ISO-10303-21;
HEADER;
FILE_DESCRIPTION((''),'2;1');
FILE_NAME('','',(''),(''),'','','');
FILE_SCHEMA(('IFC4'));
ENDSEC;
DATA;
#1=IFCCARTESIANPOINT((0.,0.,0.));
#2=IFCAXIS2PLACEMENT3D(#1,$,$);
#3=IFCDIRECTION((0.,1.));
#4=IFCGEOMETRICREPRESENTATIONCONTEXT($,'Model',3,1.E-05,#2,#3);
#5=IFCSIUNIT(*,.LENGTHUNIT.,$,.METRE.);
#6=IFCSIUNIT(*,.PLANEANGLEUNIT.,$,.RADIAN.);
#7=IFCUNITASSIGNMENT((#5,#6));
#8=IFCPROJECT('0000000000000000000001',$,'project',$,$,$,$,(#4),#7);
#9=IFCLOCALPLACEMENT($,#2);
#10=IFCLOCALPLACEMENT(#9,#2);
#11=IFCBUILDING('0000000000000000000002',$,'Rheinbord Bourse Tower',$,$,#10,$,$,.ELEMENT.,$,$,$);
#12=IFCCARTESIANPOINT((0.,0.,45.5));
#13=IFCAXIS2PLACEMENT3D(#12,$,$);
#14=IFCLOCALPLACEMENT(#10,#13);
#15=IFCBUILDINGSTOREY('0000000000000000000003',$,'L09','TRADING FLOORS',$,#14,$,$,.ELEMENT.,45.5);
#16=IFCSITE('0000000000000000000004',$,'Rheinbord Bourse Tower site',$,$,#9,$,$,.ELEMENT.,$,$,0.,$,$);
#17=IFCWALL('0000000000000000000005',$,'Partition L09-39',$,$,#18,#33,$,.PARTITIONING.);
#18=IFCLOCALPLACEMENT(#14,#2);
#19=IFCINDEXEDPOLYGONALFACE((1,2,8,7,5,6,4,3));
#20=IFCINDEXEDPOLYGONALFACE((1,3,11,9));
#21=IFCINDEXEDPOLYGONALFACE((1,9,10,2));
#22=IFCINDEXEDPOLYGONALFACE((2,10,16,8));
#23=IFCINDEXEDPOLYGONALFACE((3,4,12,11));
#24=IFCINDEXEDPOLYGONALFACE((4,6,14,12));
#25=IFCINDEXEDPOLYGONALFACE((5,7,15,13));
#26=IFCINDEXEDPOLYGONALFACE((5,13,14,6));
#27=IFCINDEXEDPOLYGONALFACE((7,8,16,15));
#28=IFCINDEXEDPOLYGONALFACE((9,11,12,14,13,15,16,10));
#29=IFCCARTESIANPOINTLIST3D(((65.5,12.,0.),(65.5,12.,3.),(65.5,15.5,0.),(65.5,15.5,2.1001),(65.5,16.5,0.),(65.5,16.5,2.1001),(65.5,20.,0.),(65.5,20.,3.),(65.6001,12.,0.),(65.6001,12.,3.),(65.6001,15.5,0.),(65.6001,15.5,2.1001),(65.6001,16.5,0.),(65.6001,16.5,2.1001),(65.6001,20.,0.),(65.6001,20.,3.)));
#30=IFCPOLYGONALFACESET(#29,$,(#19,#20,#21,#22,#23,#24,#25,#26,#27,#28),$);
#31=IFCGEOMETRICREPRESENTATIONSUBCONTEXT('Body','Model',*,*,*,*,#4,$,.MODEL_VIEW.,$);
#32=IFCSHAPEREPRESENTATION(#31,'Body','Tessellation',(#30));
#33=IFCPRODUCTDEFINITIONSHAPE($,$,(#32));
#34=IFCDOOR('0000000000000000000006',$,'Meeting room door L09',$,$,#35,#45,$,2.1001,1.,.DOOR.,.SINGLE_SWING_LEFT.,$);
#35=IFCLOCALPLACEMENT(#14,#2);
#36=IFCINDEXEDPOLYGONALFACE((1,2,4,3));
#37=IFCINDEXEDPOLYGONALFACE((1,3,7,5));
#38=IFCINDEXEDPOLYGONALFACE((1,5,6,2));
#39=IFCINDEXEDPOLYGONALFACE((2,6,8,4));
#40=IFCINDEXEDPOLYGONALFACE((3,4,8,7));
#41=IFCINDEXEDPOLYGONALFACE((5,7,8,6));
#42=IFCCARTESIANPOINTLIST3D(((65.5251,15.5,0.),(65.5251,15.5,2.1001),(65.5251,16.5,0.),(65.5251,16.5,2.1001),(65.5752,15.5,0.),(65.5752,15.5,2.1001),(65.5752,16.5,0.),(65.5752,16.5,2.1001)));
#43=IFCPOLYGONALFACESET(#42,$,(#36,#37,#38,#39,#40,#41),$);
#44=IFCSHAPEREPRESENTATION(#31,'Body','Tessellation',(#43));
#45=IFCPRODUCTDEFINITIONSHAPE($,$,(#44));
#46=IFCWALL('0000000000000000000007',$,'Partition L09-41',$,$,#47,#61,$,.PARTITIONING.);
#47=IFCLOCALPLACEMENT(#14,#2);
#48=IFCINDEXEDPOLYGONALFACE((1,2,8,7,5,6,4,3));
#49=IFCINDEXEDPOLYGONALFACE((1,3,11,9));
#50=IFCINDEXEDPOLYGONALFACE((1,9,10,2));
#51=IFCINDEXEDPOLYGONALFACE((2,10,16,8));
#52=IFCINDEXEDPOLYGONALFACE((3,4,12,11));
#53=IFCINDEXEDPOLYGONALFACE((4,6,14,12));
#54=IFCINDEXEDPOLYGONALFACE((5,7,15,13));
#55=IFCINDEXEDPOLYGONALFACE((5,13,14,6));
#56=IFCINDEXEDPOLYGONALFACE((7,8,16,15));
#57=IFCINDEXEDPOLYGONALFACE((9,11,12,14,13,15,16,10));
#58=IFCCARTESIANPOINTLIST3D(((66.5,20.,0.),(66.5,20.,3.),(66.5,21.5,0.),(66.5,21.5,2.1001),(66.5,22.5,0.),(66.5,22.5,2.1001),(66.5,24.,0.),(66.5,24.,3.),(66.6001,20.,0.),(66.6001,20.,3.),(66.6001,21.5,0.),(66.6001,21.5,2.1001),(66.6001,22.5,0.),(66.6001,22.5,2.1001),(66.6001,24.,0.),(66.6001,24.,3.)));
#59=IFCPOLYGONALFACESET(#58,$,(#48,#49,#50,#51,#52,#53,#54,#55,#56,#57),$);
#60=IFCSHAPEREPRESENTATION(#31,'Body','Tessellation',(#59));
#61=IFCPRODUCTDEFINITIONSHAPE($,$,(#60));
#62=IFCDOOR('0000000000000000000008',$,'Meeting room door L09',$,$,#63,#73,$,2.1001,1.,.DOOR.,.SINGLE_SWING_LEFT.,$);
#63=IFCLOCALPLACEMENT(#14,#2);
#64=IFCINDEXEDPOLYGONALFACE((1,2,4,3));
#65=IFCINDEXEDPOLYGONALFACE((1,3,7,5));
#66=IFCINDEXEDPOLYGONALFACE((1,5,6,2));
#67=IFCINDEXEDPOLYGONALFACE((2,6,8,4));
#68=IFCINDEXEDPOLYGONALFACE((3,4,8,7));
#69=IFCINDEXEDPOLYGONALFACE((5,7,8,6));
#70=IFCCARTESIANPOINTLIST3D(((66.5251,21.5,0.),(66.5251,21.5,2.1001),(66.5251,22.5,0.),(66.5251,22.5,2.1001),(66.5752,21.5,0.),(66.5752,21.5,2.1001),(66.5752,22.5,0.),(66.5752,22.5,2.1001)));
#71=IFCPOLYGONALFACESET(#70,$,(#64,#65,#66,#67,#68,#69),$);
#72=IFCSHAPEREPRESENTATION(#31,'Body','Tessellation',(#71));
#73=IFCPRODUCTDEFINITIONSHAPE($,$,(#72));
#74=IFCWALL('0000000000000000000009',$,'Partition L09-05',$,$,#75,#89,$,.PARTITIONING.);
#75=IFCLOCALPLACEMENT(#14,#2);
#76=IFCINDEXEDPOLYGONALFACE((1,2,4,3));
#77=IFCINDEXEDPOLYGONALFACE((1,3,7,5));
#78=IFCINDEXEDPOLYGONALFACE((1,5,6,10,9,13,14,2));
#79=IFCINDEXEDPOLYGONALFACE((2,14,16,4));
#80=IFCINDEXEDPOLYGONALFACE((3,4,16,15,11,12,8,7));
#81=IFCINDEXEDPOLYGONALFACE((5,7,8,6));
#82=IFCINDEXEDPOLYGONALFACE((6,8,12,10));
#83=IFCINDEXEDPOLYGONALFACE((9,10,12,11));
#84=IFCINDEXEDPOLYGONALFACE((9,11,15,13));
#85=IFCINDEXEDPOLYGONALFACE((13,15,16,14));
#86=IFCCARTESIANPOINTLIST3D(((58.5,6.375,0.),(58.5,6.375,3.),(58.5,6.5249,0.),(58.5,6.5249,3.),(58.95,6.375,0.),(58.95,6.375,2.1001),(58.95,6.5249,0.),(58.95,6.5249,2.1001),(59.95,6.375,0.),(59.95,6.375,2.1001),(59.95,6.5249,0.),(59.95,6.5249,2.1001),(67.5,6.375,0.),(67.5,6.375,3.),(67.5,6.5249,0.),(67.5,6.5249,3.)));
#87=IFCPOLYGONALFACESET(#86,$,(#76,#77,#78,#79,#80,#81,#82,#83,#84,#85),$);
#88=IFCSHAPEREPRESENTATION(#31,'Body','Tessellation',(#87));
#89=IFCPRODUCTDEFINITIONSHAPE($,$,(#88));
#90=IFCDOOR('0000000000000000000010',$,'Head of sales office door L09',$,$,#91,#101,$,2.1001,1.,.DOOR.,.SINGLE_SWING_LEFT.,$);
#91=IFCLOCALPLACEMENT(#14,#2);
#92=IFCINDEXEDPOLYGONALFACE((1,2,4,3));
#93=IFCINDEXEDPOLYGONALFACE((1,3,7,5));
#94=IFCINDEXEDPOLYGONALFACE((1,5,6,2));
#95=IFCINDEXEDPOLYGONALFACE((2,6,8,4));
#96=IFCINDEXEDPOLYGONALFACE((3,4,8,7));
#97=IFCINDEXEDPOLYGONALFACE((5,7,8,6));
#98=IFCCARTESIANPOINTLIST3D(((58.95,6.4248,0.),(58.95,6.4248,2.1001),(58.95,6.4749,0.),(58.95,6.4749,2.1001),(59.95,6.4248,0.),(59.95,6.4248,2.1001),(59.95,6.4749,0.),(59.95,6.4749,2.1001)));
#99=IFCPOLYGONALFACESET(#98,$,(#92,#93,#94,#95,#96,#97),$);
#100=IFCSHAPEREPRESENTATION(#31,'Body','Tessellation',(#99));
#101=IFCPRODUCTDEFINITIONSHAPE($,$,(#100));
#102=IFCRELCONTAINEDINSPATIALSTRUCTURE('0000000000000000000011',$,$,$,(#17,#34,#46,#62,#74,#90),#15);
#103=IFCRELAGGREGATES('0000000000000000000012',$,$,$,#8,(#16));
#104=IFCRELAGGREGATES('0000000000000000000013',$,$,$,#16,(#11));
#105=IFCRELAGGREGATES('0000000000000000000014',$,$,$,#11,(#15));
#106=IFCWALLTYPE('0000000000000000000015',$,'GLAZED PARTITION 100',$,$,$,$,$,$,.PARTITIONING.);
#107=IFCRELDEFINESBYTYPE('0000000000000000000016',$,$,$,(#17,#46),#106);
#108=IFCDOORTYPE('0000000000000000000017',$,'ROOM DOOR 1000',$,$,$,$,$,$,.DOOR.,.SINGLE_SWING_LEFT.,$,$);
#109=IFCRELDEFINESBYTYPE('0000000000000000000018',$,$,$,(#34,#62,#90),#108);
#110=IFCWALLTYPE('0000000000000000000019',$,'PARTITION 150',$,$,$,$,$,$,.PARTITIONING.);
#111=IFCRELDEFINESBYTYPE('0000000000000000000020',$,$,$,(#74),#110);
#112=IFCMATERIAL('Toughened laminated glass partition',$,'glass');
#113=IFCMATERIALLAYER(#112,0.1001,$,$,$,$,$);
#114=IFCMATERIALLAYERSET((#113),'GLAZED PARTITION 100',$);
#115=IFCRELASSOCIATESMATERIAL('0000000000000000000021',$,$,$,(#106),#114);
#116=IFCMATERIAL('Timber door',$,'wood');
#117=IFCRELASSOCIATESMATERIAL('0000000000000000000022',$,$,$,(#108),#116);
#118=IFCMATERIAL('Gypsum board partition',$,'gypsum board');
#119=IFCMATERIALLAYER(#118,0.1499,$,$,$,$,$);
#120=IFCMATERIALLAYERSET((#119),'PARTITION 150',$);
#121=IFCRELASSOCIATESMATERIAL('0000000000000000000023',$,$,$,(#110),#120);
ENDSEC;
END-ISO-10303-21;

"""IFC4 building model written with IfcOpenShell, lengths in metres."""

from ifc_helpers import new_model, si_unit, direction, frame, frame_2d, origin, place, context, subcontext, project, spatial, rectangle, extrude, material, layer, layer_set, type_object, element, fill, save


model = new_model("IFC4")

# Units and contexts
model_context = context("Model", 3, precision=1e-05, world=origin(), true_north=direction((0.0, 1.0)))
body_context = subcontext(model_context, "Body", "Model", "MODEL_VIEW")
ifc_project = project(units=[si_unit("LENGTHUNIT", "METRE"), si_unit("PLANEANGLEUNIT", "RADIAN")], contexts=[model_context])

# Site, building, storey
site_placement = place(None, origin())
site = spatial("IfcSite", under=ifc_project, at=site_placement, Name="Rheinbord Bourse Tower site", CompositionType="ELEMENT", RefElevation=0.0)
building_placement = place(site_placement, origin())
building = spatial("IfcBuilding", under=site, at=building_placement, Name="Rheinbord Bourse Tower", CompositionType="ELEMENT")
storey_placement = place(building_placement, frame((0.0, 0.0, 45.5)))
storey = spatial("IfcBuildingStorey", under=building, at=storey_placement, Name="L09", Description="TRADING FLOORS", CompositionType="ELEMENT", Elevation=45.5)

# Shared definitions
ifc_material_1 = material(Name="Toughened laminated glass partition", Category="glass")
ifc_layer_1 = layer(ifc_material_1, 0.1001)
ifc_layer_set_1 = layer_set([ifc_layer_1], Name="GLAZED PARTITION 100")
wall_type_1 = type_object("IfcWallType", Name="GLAZED PARTITION 100", PredefinedType="PARTITIONING", material=ifc_layer_set_1)

# Walls, openings, doors
wall_1_placement = place(storey_placement, frame((65.55, 12.0, 0.0), z_axis=(0.0, 0.0, 1.0), x_axis=(0.0, 1.0, 0.0)))
wall_1 = element("IfcWall", 1, at=wall_1_placement, inside=storey, type_object=wall_type_1, Name="Partition L09-39", PredefinedType="PARTITIONING", context=body_context, shape_type="SweptSolid", body=[
    extrude(rectangle(XDim=8.0, YDim=0.1001, at=frame_2d((4.0, 0.0))), origin(), (0.0, 0.0, 1.0), 3.0),
])
opening_1_placement = place(wall_1_placement, frame((3.5, 0.0, 0.0)))
opening_1 = element("IfcOpeningElement", 2, at=opening_1_placement, cuts=wall_1, PredefinedType="OPENING", context=body_context, shape_type="SweptSolid", body=[
    extrude(rectangle(XDim=1.0, YDim=2.1001, at=frame_2d((0.5, 1.05))), frame((0.0, 0.0601, 0.0), z_axis=(0.0, -1.0, 0.0), x_axis=(1.0, 0.0, 0.0)), (0.0, 0.0, 1.0), 0.1201),
])
ifc_material_2 = material(Name="Timber door", Category="wood")
door_type = type_object("IfcDoorType", Name="ROOM DOOR 1000", OperationType="SINGLE_SWING_LEFT", PredefinedType="DOOR", material=ifc_material_2)
door_1_placement = place(opening_1_placement, origin())
door_1 = element("IfcDoor", 3, at=door_1_placement, inside=storey, type_object=door_type, Name="Meeting room door L09", OperationType="SINGLE_SWING_LEFT", OverallHeight=2.1001, OverallWidth=1.0, PredefinedType="DOOR", context=body_context, shape_type="SweptSolid", body=[
    extrude(rectangle(XDim=1.0, YDim=2.1001, at=frame_2d((0.5, 1.05))), frame((0.0, 0.0249, 0.0), z_axis=(0.0, -1.0, 0.0), x_axis=(1.0, 0.0, 0.0)), (0.0, 0.0, 1.0), 0.05),
])
fill(opening_1, door_1)
wall_2_placement = place(storey_placement, frame((66.55, 20.0, 0.0), z_axis=(0.0, 0.0, 1.0), x_axis=(0.0, 1.0, 0.0)))
wall_2 = element("IfcWall", 4, at=wall_2_placement, inside=storey, type_object=wall_type_1, Name="Partition L09-41", PredefinedType="PARTITIONING", context=body_context, shape_type="SweptSolid", body=[
    extrude(rectangle(XDim=4.0, YDim=0.1001, at=frame_2d((2.0, 0.0))), origin(), (0.0, 0.0, 1.0), 3.0),
])
opening_2_placement = place(wall_2_placement, frame((1.5, 0.0, 0.0)))
opening_2 = element("IfcOpeningElement", 5, at=opening_2_placement, cuts=wall_2, PredefinedType="OPENING", context=body_context, shape_type="SweptSolid", body=[
    extrude(rectangle(XDim=1.0, YDim=2.1001, at=frame_2d((0.5, 1.05))), frame((0.0, 0.0601, 0.0), z_axis=(0.0, -1.0, 0.0), x_axis=(1.0, 0.0, 0.0)), (0.0, 0.0, 1.0), 0.1201),
])
door_2_placement = place(opening_2_placement, origin())
door_2 = element("IfcDoor", 6, at=door_2_placement, inside=storey, type_object=door_type, Name="Meeting room door L09", OperationType="SINGLE_SWING_LEFT", OverallHeight=2.1001, OverallWidth=1.0, PredefinedType="DOOR", context=body_context, shape_type="SweptSolid", body=[
    extrude(rectangle(XDim=1.0, YDim=2.1001, at=frame_2d((0.5, 1.05))), frame((0.0, 0.0249, 0.0), z_axis=(0.0, -1.0, 0.0), x_axis=(1.0, 0.0, 0.0)), (0.0, 0.0, 1.0), 0.05),
])
fill(opening_2, door_2)
ifc_material_3 = material(Name="Gypsum board partition", Category="gypsum board")
ifc_layer_2 = layer(ifc_material_3, 0.1499)
ifc_layer_set_2 = layer_set([ifc_layer_2], Name="PARTITION 150")
wall_type_2 = type_object("IfcWallType", Name="PARTITION 150", PredefinedType="PARTITIONING", material=ifc_layer_set_2)
wall_3_placement = place(storey_placement, frame((58.5, 6.45, 0.0), z_axis=(0.0, 0.0, 1.0), x_axis=(1.0, 0.0, 0.0)))
wall_3 = element("IfcWall", 7, at=wall_3_placement, inside=storey, type_object=wall_type_2, Name="Partition L09-05", PredefinedType="PARTITIONING", context=body_context, shape_type="SweptSolid", body=[
    extrude(rectangle(XDim=9.0, YDim=0.1499, at=frame_2d((4.5, 0.0))), origin(), (0.0, 0.0, 1.0), 3.0),
])
opening_3_placement = place(wall_3_placement, frame((0.45, 0.0, 0.0)))
opening_3 = element("IfcOpeningElement", 8, at=opening_3_placement, cuts=wall_3, PredefinedType="OPENING", context=body_context, shape_type="SweptSolid", body=[
    extrude(rectangle(XDim=1.0, YDim=2.1001, at=frame_2d((0.5, 1.05))), frame((0.0, 0.085, 0.0), z_axis=(0.0, -1.0, 0.0), x_axis=(1.0, 0.0, 0.0)), (0.0, 0.0, 1.0), 0.1699),
])
door_3_placement = place(opening_3_placement, origin())
door_3 = element("IfcDoor", 9, at=door_3_placement, inside=storey, type_object=door_type, Name="Head of sales office door L09", OperationType="SINGLE_SWING_LEFT", OverallHeight=2.1001, OverallWidth=1.0, PredefinedType="DOOR", context=body_context, shape_type="SweptSolid", body=[
    extrude(rectangle(XDim=1.0, YDim=2.1001, at=frame_2d((0.5, 1.05))), frame((0.0, 0.0249, 0.0), z_axis=(0.0, -1.0, 0.0), x_axis=(1.0, 0.0, 0.0)), (0.0, 0.0, 1.0), 0.05),
])
fill(opening_3, door_3)

save(model, "model.ifc")
